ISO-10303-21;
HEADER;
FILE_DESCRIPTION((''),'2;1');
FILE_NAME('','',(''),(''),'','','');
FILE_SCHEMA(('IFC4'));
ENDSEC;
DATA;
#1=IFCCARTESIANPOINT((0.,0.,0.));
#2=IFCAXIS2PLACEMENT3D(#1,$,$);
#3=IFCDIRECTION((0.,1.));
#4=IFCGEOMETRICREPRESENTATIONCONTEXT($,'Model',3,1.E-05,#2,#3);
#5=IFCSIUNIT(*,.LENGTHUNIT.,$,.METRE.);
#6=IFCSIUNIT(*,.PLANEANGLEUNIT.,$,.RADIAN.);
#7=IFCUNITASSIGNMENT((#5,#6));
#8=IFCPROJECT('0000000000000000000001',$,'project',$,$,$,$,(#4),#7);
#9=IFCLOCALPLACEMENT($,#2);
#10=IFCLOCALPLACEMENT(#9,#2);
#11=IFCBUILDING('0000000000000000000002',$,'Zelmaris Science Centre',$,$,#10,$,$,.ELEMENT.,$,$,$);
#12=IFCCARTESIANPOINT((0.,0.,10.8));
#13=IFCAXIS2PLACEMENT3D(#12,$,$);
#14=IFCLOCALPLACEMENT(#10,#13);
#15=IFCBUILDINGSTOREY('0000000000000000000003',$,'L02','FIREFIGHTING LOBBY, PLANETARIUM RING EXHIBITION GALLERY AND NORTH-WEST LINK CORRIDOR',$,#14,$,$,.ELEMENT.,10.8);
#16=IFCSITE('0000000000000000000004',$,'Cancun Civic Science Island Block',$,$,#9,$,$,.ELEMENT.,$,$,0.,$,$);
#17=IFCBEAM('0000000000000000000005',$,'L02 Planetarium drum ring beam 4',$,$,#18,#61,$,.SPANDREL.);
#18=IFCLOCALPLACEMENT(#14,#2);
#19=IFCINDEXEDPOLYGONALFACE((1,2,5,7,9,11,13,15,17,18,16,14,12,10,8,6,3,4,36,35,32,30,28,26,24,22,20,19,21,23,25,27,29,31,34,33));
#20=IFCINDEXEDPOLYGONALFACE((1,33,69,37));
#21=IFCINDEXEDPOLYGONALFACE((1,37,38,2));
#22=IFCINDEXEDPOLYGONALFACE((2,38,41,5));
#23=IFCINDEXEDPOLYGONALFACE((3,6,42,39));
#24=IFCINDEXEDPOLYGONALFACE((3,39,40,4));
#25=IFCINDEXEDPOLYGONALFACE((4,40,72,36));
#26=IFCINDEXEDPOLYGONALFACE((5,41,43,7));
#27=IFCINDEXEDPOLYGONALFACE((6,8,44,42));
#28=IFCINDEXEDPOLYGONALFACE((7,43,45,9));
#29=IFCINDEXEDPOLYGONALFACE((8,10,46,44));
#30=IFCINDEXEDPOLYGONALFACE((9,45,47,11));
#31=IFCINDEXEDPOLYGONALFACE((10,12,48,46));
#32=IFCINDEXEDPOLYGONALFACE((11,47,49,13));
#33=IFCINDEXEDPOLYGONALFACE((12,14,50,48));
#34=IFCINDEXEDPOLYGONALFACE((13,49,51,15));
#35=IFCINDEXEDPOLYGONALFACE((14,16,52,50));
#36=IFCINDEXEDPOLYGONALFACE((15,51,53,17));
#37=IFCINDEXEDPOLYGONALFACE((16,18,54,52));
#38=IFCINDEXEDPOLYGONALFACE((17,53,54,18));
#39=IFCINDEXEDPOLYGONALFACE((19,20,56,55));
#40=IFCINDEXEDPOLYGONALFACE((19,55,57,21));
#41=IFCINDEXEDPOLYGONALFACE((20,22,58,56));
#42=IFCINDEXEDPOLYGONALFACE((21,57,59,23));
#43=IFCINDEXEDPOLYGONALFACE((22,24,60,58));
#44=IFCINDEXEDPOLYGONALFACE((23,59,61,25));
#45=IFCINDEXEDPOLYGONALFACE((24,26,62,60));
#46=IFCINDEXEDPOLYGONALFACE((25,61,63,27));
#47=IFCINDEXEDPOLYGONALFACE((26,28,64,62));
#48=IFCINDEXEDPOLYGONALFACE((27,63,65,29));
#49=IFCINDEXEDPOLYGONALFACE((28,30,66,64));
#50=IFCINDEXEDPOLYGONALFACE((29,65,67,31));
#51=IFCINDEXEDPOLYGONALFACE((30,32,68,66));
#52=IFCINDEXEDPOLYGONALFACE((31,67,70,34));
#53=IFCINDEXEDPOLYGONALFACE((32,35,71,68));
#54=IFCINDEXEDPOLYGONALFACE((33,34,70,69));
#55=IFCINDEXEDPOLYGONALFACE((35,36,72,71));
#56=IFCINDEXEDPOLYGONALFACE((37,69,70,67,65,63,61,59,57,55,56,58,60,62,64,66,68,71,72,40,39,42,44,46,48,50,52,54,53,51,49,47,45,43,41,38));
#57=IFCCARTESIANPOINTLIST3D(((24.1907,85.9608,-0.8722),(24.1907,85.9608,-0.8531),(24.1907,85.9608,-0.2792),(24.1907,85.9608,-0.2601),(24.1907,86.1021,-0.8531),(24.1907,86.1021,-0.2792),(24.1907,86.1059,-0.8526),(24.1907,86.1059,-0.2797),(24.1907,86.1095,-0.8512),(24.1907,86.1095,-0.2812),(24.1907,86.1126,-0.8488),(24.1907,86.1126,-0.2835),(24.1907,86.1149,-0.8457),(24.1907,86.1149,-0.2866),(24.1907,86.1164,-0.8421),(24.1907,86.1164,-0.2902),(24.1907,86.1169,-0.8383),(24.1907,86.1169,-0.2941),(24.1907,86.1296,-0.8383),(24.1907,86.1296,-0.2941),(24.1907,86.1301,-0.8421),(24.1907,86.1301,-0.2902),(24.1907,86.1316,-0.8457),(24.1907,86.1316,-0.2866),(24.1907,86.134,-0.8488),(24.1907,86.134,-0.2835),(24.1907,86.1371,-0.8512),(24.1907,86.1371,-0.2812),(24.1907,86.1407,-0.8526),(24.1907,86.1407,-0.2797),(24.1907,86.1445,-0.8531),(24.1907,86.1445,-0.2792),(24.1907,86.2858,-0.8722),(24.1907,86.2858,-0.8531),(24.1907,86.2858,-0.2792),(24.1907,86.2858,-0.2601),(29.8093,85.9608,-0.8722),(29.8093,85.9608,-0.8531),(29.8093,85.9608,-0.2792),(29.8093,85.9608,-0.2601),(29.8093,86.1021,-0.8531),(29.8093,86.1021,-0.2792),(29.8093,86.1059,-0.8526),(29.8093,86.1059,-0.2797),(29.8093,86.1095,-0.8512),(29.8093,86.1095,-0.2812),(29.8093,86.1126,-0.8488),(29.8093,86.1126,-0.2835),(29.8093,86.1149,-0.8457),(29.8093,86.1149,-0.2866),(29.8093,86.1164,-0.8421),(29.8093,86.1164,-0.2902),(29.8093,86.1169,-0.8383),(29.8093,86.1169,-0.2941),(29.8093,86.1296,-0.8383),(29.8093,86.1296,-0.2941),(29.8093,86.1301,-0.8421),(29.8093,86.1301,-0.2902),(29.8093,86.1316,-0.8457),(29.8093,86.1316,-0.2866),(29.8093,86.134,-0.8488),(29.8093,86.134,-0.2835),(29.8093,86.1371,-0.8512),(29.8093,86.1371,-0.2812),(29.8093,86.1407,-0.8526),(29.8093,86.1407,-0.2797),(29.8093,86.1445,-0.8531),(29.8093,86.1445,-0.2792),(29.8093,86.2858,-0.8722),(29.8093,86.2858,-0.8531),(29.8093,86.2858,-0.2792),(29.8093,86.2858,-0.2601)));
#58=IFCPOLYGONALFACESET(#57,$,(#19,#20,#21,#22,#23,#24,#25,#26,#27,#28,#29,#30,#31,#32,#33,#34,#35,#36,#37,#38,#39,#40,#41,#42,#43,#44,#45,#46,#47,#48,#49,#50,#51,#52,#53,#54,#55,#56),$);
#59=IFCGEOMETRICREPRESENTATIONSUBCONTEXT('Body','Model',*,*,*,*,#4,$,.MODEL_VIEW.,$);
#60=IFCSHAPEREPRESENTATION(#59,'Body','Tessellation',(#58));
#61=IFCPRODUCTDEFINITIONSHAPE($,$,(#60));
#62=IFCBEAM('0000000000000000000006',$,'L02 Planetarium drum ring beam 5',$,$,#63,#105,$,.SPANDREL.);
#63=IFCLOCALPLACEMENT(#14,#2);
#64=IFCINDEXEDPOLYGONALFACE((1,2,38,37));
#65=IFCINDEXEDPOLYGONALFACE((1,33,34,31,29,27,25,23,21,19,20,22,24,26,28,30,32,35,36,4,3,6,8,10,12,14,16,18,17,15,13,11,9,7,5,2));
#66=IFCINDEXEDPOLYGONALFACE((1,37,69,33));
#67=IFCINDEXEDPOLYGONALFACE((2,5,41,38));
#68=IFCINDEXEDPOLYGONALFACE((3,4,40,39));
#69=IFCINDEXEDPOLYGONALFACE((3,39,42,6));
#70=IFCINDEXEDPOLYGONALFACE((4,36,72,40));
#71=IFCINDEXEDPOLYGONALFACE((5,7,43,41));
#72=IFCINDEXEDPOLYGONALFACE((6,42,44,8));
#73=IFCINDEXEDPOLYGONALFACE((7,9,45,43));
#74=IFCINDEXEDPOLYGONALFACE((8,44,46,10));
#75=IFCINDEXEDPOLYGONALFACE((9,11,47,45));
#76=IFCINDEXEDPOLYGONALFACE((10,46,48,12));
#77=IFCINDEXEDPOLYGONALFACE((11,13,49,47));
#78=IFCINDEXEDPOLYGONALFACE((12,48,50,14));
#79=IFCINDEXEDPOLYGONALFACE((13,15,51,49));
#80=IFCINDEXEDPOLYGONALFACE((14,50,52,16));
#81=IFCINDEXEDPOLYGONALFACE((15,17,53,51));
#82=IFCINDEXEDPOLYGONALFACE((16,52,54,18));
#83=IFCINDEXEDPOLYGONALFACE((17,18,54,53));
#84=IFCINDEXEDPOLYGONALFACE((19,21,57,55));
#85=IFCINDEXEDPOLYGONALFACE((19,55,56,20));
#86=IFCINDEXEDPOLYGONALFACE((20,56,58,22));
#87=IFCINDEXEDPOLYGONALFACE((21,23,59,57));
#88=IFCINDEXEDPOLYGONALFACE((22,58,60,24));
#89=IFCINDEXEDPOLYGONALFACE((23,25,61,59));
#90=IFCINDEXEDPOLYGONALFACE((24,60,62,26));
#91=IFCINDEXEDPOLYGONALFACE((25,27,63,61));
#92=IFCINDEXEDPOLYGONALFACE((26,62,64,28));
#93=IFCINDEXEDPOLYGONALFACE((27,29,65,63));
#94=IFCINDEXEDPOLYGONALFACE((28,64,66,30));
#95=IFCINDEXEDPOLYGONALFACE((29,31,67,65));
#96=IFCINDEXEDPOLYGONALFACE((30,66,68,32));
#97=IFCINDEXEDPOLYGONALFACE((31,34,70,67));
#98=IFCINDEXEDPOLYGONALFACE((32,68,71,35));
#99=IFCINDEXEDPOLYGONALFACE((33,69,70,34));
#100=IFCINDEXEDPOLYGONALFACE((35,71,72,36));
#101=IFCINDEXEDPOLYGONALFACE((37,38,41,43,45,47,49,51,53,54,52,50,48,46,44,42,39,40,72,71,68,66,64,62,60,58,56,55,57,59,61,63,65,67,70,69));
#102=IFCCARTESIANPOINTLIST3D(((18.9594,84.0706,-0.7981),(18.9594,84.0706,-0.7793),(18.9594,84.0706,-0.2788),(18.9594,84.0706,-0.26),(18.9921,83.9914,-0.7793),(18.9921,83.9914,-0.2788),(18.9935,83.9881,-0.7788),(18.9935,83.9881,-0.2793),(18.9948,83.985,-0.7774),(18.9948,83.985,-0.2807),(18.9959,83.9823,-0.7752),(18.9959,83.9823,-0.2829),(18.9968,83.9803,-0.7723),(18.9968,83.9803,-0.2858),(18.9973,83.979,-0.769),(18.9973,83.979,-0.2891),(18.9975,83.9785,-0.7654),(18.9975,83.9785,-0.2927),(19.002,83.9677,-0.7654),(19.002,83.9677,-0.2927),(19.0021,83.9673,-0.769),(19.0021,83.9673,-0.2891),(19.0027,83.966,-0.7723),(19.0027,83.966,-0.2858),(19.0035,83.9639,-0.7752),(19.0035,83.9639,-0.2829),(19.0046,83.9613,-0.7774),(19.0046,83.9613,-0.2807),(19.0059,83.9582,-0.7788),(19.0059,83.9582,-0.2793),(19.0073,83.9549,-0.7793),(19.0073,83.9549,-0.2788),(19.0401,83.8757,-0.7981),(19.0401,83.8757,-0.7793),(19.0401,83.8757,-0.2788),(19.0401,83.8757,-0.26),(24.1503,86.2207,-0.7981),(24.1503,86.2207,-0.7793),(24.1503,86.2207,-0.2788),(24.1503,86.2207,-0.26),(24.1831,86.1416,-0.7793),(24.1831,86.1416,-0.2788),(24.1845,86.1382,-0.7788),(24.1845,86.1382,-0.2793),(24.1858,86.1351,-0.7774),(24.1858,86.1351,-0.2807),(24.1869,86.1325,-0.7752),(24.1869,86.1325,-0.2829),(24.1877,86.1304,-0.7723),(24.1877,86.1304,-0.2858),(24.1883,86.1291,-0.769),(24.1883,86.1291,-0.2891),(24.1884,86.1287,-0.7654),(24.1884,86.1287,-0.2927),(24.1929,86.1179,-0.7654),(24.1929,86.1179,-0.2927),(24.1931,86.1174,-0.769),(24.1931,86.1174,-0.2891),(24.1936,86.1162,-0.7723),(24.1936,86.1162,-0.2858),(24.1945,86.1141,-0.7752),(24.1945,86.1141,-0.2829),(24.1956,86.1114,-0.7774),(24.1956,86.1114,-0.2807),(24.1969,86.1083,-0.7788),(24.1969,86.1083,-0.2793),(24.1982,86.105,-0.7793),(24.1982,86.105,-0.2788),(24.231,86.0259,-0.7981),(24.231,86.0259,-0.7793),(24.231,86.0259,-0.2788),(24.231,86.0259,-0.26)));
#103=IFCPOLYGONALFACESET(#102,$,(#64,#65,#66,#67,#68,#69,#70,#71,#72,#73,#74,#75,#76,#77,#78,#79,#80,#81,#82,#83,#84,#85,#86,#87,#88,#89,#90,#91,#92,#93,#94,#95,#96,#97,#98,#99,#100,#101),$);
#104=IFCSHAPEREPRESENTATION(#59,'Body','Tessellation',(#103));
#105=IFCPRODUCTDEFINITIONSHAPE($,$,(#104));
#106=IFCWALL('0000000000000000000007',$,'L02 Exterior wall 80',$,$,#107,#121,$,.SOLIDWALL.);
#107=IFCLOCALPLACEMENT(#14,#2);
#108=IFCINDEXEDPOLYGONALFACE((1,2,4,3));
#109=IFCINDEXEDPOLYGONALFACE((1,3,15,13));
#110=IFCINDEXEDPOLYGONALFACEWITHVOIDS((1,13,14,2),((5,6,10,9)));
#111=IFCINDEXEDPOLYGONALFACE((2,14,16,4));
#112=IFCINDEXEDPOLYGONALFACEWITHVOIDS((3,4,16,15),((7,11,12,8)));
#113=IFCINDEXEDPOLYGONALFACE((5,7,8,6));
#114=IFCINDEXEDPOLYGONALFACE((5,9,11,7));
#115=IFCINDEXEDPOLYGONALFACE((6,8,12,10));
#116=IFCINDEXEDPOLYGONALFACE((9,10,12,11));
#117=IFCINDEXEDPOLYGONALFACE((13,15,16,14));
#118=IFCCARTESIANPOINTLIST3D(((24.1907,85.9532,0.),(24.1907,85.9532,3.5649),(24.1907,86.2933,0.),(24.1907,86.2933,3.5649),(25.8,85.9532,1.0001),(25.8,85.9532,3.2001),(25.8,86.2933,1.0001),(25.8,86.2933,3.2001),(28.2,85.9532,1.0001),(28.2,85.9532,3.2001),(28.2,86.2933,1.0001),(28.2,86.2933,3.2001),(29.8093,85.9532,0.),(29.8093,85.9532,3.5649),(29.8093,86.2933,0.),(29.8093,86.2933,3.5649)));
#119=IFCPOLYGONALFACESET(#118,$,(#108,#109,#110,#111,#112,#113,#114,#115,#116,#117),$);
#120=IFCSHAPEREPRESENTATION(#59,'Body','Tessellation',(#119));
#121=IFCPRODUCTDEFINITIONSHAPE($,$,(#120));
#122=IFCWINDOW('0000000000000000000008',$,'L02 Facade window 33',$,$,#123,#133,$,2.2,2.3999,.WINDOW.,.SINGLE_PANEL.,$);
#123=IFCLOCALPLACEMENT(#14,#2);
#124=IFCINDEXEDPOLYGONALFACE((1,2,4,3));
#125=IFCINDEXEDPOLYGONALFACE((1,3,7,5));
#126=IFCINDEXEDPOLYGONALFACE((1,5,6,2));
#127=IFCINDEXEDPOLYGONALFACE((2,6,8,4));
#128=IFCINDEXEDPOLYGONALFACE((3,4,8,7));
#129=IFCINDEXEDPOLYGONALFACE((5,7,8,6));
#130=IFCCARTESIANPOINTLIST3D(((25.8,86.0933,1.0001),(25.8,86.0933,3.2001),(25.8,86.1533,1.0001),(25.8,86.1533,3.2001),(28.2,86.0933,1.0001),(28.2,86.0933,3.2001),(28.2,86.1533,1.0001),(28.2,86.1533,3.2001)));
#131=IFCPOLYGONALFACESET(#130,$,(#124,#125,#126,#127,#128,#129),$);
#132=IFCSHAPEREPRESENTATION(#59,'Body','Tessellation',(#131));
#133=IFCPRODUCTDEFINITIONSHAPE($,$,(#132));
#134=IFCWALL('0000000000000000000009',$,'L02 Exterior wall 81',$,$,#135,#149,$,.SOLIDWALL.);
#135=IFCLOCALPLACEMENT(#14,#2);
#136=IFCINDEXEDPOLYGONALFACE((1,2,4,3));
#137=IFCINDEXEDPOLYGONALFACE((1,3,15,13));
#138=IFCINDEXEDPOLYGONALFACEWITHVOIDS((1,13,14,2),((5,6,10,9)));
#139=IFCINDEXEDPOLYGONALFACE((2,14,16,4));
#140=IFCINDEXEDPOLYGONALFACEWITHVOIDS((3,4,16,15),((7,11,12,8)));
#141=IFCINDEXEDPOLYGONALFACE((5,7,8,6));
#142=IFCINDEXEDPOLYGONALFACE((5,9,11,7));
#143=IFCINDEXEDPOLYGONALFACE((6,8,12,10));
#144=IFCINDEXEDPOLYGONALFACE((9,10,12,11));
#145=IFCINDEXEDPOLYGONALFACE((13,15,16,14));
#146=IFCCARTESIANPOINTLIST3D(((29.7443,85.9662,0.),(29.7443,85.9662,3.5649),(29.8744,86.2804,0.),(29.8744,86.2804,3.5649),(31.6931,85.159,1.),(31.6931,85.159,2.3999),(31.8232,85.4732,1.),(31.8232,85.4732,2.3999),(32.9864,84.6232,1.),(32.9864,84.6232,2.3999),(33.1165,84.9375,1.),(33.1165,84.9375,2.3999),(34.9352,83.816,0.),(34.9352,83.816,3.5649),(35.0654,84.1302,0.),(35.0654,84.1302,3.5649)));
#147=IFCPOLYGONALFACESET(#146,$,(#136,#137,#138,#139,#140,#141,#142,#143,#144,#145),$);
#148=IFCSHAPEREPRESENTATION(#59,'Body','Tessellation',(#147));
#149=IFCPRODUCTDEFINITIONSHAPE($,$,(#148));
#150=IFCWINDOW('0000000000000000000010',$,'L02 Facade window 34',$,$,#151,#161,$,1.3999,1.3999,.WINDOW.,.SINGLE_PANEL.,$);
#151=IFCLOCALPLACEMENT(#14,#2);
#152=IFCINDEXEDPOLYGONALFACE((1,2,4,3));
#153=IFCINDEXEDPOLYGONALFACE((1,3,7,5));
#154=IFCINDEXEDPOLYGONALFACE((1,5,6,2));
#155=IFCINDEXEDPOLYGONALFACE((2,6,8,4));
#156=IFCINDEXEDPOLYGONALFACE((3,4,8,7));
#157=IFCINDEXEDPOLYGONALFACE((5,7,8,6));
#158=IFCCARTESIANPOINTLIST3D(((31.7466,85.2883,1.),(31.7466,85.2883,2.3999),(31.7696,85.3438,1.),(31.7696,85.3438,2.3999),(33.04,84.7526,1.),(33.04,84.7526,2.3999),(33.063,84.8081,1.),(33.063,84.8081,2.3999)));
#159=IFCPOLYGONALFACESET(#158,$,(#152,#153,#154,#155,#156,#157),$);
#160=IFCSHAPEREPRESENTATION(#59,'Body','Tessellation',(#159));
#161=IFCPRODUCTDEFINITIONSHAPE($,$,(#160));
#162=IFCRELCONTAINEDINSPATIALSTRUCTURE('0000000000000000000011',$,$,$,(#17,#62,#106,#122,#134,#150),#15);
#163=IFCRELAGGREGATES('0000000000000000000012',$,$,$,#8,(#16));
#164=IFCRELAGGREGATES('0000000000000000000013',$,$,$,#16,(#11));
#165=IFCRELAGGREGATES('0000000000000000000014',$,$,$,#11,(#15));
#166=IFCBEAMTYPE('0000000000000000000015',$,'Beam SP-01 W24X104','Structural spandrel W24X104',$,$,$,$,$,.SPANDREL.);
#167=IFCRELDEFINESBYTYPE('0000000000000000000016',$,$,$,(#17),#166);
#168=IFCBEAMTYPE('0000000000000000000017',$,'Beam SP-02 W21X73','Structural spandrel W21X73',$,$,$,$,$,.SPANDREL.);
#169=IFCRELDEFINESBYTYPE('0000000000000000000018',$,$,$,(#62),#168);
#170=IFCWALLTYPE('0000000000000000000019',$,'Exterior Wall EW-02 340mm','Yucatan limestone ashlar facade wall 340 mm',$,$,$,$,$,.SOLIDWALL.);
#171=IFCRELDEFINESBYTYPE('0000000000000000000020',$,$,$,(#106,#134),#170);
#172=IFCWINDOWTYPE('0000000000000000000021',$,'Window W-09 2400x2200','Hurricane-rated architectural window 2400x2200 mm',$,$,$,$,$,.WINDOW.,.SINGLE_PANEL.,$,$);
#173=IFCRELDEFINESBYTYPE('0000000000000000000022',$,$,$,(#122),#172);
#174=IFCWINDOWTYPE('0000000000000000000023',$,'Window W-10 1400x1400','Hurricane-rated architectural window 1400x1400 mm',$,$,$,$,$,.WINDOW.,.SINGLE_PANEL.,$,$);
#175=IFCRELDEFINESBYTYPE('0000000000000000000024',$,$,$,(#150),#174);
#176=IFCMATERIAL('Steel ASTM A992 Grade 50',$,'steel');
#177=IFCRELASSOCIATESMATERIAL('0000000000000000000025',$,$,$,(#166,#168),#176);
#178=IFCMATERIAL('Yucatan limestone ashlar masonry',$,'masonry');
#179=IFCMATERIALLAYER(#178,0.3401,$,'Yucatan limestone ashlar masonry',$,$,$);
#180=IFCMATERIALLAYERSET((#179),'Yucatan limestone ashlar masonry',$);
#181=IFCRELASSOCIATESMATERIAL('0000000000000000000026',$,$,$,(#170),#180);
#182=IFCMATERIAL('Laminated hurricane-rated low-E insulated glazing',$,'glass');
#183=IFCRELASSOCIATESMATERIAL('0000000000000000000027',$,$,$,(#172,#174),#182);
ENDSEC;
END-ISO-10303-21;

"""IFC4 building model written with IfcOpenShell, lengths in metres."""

from ifc_helpers import new_model, si_unit, direction, frame, frame_2d, origin, origin_2d, place, context, subcontext, project, spatial, rectangle, i_section, extrude, material, layer, layer_set, material_profile, profile_set, type_object, element, fill, save


model = new_model("IFC4")

# Units and contexts
model_context = context("Model", 3, precision=1e-05, world=origin(), true_north=direction((0.0, 1.0)))
body_context = subcontext(model_context, "Body", "Model", "MODEL_VIEW")
ifc_project = project(units=[si_unit("LENGTHUNIT", "METRE"), si_unit("PLANEANGLEUNIT", "RADIAN")], contexts=[model_context])

# Site, building, storey
site_placement = place(None, origin())
site = spatial("IfcSite", under=ifc_project, at=site_placement, Name="Cancun Civic Science Island Block", CompositionType="ELEMENT", RefElevation=0.0)
building_placement = place(site_placement, origin())
building = spatial("IfcBuilding", under=site, at=building_placement, Name="Zelmaris Science Centre", CompositionType="ELEMENT")
storey_placement = place(building_placement, frame((0.0, 0.0, 10.8)))
storey = spatial("IfcBuildingStorey", under=building, at=storey_placement, Name="L02", Description="FIREFIGHTING LOBBY, PLANETARIUM RING EXHIBITION GALLERY AND NORTH-WEST LINK CORRIDOR", CompositionType="ELEMENT", Elevation=10.8)

# Beams
ifc_material_1 = material(Name="Steel ASTM A992 Grade 50", Category="steel")
ifc_material_profile_1 = material_profile(ifc_material_1, i_section(OverallWidth=0.325, OverallDepth=0.6121, WebThickness=0.0127, FlangeThickness=0.019, FilletRadius=0.0149, at=origin_2d()), Name="W24X104")
ifc_profile_set_1 = profile_set([ifc_material_profile_1], Name="Steel ASTM A992 Grade 50")
beam_type_1 = type_object("IfcBeamType", Name="Beam SP-01 W24X104", Description="Structural spandrel W24X104", PredefinedType="SPANDREL", material=ifc_profile_set_1)
beam_1_placement = place(storey_placement, frame((29.8093, 86.1233, -0.5662), z_axis=(-1.0, 0.0, 0.0), x_axis=(0.0, -1.0, 0.0)))
element("IfcBeam", 1, at=beam_1_placement, inside=storey, type_object=beam_type_1, Name="L02 Planetarium drum ring beam 4", PredefinedType="SPANDREL", context=body_context, shape_type="SweptSolid", body=[
    extrude(i_section(OverallWidth=0.325, OverallDepth=0.6121, WebThickness=0.0127, FlangeThickness=0.019, FilletRadius=0.0149, at=origin_2d()), origin(), (0.0, 0.0, 1.0), 5.6187),
])
ifc_material_profile_2 = material_profile(ifc_material_1, i_section(OverallWidth=0.2109, OverallDepth=0.5381, WebThickness=0.0117, FlangeThickness=0.0188, FilletRadius=0.0139, at=origin_2d()), Name="W21X73")
ifc_profile_set_2 = profile_set([ifc_material_profile_2], Name="Steel ASTM A992 Grade 50")
beam_type_2 = type_object("IfcBeamType", Name="Beam SP-02 W21X73", Description="Structural spandrel W21X73", PredefinedType="SPANDREL", material=ifc_profile_set_2)
beam_2_placement = place(storey_placement, frame((24.1907, 86.1233, -0.5291), z_axis=(-0.92388, -0.382683, 0.0), x_axis=(0.382683, -0.92388, 0.0)))
element("IfcBeam", 2, at=beam_2_placement, inside=storey, type_object=beam_type_2, Name="L02 Planetarium drum ring beam 5", PredefinedType="SPANDREL", context=body_context, shape_type="SweptSolid", body=[
    extrude(i_section(OverallWidth=0.2109, OverallDepth=0.5381, WebThickness=0.0117, FlangeThickness=0.0188, FilletRadius=0.0139, at=origin_2d()), origin(), (0.0, 0.0, 1.0), 5.6187),
])

# Walls, openings, windows
ifc_material_2 = material(Name="Yucatan limestone ashlar masonry", Category="masonry")
ifc_layer = layer(ifc_material_2, 0.3401, Name="Yucatan limestone ashlar masonry")
ifc_layer_set = layer_set([ifc_layer], Name="Yucatan limestone ashlar masonry")
wall_type = type_object("IfcWallType", Name="Exterior Wall EW-02 340mm", Description="Yucatan limestone ashlar facade wall 340 mm", PredefinedType="SOLIDWALL", material=ifc_layer_set)
wall_1_placement = place(storey_placement, frame((24.1907, 86.1233, 0.0), z_axis=(0.0, 0.0, 1.0), x_axis=(1.0, 0.0, 0.0)))
wall_1 = element("IfcWall", 3, at=wall_1_placement, inside=storey, type_object=wall_type, Name="L02 Exterior wall 80", PredefinedType="SOLIDWALL", context=body_context, shape_type="SweptSolid", body=[
    extrude(rectangle(XDim=5.6187, YDim=0.3401, at=frame_2d((2.8093, 0.0))), origin(), (0.0, 0.0, 1.0), 3.5649),
])
opening_1_placement = place(wall_1_placement, frame((1.6094, 0.0, 1.0)))
opening_1 = element("IfcOpeningElement", 4, at=opening_1_placement, cuts=wall_1, PredefinedType="OPENING", context=body_context, shape_type="SweptSolid", body=[
    extrude(rectangle(XDim=2.3999, YDim=2.2, at=frame_2d((1.2, 1.1001))), frame((0.0, 0.1799, 0.0), z_axis=(0.0, -1.0, 0.0), x_axis=(1.0, 0.0, 0.0)), (0.0, 0.0, 1.0), 0.3601),
])
ifc_material_3 = material(Name="Laminated hurricane-rated low-E insulated glazing", Category="glass")
window_type_1 = type_object("IfcWindowType", Name="Window W-09 2400x2200", Description="Hurricane-rated architectural window 2400x2200 mm", PartitioningType="SINGLE_PANEL", PredefinedType="WINDOW", material=ifc_material_3)
window_1_placement = place(opening_1_placement, origin())
window_1 = element("IfcWindow", 5, at=window_1_placement, inside=storey, type_object=window_type_1, Name="L02 Facade window 33", OverallHeight=2.2, OverallWidth=2.3999, PartitioningType="SINGLE_PANEL", PredefinedType="WINDOW", context=body_context, shape_type="SweptSolid", body=[
    extrude(rectangle(XDim=2.3999, YDim=2.2, at=frame_2d((1.2, 1.1001))), frame((0.0, 0.03, 0.0), z_axis=(0.0, -1.0, 0.0), x_axis=(1.0, 0.0, 0.0)), (0.0, 0.0, 1.0), 0.0601),
])
fill(opening_1, window_1)
wall_2_placement = place(storey_placement, frame((29.8093, 86.1233, 0.0), z_axis=(0.0, 0.0, 1.0), x_axis=(0.92388, -0.382683, 0.0)))
wall_2 = element("IfcWall", 6, at=wall_2_placement, inside=storey, type_object=wall_type, Name="L02 Exterior wall 81", PredefinedType="SOLIDWALL", context=body_context, shape_type="SweptSolid", body=[
    extrude(rectangle(XDim=5.6187, YDim=0.3401, at=frame_2d((2.8093, 0.0))), origin(), (0.0, 0.0, 1.0), 3.5649),
])
opening_2_placement = place(wall_2_placement, frame((2.1094, 0.0, 1.0)))
opening_2 = element("IfcOpeningElement", 7, at=opening_2_placement, cuts=wall_2, PredefinedType="OPENING", context=body_context, shape_type="SweptSolid", body=[
    extrude(rectangle(XDim=1.3999, YDim=1.3999, at=frame_2d((0.7, 0.7))), frame((0.0, 0.1799, 0.0), z_axis=(0.0, -1.0, 0.0), x_axis=(1.0, 0.0, 0.0)), (0.0, 0.0, 1.0), 0.3601),
])
window_type_2 = type_object("IfcWindowType", Name="Window W-10 1400x1400", Description="Hurricane-rated architectural window 1400x1400 mm", PartitioningType="SINGLE_PANEL", PredefinedType="WINDOW", material=ifc_material_3)
window_2_placement = place(opening_2_placement, origin())
window_2 = element("IfcWindow", 8, at=window_2_placement, inside=storey, type_object=window_type_2, Name="L02 Facade window 34", OverallHeight=1.3999, OverallWidth=1.3999, PartitioningType="SINGLE_PANEL", PredefinedType="WINDOW", context=body_context, shape_type="SweptSolid", body=[
    extrude(rectangle(XDim=1.3999, YDim=1.3999, at=frame_2d((0.7, 0.7))), frame((0.0, 0.03, 0.0), z_axis=(0.0, -1.0, 0.0), x_axis=(1.0, 0.0, 0.0)), (0.0, 0.0, 1.0), 0.0601),
])
fill(opening_2, window_2)

save(model, "model.ifc")
